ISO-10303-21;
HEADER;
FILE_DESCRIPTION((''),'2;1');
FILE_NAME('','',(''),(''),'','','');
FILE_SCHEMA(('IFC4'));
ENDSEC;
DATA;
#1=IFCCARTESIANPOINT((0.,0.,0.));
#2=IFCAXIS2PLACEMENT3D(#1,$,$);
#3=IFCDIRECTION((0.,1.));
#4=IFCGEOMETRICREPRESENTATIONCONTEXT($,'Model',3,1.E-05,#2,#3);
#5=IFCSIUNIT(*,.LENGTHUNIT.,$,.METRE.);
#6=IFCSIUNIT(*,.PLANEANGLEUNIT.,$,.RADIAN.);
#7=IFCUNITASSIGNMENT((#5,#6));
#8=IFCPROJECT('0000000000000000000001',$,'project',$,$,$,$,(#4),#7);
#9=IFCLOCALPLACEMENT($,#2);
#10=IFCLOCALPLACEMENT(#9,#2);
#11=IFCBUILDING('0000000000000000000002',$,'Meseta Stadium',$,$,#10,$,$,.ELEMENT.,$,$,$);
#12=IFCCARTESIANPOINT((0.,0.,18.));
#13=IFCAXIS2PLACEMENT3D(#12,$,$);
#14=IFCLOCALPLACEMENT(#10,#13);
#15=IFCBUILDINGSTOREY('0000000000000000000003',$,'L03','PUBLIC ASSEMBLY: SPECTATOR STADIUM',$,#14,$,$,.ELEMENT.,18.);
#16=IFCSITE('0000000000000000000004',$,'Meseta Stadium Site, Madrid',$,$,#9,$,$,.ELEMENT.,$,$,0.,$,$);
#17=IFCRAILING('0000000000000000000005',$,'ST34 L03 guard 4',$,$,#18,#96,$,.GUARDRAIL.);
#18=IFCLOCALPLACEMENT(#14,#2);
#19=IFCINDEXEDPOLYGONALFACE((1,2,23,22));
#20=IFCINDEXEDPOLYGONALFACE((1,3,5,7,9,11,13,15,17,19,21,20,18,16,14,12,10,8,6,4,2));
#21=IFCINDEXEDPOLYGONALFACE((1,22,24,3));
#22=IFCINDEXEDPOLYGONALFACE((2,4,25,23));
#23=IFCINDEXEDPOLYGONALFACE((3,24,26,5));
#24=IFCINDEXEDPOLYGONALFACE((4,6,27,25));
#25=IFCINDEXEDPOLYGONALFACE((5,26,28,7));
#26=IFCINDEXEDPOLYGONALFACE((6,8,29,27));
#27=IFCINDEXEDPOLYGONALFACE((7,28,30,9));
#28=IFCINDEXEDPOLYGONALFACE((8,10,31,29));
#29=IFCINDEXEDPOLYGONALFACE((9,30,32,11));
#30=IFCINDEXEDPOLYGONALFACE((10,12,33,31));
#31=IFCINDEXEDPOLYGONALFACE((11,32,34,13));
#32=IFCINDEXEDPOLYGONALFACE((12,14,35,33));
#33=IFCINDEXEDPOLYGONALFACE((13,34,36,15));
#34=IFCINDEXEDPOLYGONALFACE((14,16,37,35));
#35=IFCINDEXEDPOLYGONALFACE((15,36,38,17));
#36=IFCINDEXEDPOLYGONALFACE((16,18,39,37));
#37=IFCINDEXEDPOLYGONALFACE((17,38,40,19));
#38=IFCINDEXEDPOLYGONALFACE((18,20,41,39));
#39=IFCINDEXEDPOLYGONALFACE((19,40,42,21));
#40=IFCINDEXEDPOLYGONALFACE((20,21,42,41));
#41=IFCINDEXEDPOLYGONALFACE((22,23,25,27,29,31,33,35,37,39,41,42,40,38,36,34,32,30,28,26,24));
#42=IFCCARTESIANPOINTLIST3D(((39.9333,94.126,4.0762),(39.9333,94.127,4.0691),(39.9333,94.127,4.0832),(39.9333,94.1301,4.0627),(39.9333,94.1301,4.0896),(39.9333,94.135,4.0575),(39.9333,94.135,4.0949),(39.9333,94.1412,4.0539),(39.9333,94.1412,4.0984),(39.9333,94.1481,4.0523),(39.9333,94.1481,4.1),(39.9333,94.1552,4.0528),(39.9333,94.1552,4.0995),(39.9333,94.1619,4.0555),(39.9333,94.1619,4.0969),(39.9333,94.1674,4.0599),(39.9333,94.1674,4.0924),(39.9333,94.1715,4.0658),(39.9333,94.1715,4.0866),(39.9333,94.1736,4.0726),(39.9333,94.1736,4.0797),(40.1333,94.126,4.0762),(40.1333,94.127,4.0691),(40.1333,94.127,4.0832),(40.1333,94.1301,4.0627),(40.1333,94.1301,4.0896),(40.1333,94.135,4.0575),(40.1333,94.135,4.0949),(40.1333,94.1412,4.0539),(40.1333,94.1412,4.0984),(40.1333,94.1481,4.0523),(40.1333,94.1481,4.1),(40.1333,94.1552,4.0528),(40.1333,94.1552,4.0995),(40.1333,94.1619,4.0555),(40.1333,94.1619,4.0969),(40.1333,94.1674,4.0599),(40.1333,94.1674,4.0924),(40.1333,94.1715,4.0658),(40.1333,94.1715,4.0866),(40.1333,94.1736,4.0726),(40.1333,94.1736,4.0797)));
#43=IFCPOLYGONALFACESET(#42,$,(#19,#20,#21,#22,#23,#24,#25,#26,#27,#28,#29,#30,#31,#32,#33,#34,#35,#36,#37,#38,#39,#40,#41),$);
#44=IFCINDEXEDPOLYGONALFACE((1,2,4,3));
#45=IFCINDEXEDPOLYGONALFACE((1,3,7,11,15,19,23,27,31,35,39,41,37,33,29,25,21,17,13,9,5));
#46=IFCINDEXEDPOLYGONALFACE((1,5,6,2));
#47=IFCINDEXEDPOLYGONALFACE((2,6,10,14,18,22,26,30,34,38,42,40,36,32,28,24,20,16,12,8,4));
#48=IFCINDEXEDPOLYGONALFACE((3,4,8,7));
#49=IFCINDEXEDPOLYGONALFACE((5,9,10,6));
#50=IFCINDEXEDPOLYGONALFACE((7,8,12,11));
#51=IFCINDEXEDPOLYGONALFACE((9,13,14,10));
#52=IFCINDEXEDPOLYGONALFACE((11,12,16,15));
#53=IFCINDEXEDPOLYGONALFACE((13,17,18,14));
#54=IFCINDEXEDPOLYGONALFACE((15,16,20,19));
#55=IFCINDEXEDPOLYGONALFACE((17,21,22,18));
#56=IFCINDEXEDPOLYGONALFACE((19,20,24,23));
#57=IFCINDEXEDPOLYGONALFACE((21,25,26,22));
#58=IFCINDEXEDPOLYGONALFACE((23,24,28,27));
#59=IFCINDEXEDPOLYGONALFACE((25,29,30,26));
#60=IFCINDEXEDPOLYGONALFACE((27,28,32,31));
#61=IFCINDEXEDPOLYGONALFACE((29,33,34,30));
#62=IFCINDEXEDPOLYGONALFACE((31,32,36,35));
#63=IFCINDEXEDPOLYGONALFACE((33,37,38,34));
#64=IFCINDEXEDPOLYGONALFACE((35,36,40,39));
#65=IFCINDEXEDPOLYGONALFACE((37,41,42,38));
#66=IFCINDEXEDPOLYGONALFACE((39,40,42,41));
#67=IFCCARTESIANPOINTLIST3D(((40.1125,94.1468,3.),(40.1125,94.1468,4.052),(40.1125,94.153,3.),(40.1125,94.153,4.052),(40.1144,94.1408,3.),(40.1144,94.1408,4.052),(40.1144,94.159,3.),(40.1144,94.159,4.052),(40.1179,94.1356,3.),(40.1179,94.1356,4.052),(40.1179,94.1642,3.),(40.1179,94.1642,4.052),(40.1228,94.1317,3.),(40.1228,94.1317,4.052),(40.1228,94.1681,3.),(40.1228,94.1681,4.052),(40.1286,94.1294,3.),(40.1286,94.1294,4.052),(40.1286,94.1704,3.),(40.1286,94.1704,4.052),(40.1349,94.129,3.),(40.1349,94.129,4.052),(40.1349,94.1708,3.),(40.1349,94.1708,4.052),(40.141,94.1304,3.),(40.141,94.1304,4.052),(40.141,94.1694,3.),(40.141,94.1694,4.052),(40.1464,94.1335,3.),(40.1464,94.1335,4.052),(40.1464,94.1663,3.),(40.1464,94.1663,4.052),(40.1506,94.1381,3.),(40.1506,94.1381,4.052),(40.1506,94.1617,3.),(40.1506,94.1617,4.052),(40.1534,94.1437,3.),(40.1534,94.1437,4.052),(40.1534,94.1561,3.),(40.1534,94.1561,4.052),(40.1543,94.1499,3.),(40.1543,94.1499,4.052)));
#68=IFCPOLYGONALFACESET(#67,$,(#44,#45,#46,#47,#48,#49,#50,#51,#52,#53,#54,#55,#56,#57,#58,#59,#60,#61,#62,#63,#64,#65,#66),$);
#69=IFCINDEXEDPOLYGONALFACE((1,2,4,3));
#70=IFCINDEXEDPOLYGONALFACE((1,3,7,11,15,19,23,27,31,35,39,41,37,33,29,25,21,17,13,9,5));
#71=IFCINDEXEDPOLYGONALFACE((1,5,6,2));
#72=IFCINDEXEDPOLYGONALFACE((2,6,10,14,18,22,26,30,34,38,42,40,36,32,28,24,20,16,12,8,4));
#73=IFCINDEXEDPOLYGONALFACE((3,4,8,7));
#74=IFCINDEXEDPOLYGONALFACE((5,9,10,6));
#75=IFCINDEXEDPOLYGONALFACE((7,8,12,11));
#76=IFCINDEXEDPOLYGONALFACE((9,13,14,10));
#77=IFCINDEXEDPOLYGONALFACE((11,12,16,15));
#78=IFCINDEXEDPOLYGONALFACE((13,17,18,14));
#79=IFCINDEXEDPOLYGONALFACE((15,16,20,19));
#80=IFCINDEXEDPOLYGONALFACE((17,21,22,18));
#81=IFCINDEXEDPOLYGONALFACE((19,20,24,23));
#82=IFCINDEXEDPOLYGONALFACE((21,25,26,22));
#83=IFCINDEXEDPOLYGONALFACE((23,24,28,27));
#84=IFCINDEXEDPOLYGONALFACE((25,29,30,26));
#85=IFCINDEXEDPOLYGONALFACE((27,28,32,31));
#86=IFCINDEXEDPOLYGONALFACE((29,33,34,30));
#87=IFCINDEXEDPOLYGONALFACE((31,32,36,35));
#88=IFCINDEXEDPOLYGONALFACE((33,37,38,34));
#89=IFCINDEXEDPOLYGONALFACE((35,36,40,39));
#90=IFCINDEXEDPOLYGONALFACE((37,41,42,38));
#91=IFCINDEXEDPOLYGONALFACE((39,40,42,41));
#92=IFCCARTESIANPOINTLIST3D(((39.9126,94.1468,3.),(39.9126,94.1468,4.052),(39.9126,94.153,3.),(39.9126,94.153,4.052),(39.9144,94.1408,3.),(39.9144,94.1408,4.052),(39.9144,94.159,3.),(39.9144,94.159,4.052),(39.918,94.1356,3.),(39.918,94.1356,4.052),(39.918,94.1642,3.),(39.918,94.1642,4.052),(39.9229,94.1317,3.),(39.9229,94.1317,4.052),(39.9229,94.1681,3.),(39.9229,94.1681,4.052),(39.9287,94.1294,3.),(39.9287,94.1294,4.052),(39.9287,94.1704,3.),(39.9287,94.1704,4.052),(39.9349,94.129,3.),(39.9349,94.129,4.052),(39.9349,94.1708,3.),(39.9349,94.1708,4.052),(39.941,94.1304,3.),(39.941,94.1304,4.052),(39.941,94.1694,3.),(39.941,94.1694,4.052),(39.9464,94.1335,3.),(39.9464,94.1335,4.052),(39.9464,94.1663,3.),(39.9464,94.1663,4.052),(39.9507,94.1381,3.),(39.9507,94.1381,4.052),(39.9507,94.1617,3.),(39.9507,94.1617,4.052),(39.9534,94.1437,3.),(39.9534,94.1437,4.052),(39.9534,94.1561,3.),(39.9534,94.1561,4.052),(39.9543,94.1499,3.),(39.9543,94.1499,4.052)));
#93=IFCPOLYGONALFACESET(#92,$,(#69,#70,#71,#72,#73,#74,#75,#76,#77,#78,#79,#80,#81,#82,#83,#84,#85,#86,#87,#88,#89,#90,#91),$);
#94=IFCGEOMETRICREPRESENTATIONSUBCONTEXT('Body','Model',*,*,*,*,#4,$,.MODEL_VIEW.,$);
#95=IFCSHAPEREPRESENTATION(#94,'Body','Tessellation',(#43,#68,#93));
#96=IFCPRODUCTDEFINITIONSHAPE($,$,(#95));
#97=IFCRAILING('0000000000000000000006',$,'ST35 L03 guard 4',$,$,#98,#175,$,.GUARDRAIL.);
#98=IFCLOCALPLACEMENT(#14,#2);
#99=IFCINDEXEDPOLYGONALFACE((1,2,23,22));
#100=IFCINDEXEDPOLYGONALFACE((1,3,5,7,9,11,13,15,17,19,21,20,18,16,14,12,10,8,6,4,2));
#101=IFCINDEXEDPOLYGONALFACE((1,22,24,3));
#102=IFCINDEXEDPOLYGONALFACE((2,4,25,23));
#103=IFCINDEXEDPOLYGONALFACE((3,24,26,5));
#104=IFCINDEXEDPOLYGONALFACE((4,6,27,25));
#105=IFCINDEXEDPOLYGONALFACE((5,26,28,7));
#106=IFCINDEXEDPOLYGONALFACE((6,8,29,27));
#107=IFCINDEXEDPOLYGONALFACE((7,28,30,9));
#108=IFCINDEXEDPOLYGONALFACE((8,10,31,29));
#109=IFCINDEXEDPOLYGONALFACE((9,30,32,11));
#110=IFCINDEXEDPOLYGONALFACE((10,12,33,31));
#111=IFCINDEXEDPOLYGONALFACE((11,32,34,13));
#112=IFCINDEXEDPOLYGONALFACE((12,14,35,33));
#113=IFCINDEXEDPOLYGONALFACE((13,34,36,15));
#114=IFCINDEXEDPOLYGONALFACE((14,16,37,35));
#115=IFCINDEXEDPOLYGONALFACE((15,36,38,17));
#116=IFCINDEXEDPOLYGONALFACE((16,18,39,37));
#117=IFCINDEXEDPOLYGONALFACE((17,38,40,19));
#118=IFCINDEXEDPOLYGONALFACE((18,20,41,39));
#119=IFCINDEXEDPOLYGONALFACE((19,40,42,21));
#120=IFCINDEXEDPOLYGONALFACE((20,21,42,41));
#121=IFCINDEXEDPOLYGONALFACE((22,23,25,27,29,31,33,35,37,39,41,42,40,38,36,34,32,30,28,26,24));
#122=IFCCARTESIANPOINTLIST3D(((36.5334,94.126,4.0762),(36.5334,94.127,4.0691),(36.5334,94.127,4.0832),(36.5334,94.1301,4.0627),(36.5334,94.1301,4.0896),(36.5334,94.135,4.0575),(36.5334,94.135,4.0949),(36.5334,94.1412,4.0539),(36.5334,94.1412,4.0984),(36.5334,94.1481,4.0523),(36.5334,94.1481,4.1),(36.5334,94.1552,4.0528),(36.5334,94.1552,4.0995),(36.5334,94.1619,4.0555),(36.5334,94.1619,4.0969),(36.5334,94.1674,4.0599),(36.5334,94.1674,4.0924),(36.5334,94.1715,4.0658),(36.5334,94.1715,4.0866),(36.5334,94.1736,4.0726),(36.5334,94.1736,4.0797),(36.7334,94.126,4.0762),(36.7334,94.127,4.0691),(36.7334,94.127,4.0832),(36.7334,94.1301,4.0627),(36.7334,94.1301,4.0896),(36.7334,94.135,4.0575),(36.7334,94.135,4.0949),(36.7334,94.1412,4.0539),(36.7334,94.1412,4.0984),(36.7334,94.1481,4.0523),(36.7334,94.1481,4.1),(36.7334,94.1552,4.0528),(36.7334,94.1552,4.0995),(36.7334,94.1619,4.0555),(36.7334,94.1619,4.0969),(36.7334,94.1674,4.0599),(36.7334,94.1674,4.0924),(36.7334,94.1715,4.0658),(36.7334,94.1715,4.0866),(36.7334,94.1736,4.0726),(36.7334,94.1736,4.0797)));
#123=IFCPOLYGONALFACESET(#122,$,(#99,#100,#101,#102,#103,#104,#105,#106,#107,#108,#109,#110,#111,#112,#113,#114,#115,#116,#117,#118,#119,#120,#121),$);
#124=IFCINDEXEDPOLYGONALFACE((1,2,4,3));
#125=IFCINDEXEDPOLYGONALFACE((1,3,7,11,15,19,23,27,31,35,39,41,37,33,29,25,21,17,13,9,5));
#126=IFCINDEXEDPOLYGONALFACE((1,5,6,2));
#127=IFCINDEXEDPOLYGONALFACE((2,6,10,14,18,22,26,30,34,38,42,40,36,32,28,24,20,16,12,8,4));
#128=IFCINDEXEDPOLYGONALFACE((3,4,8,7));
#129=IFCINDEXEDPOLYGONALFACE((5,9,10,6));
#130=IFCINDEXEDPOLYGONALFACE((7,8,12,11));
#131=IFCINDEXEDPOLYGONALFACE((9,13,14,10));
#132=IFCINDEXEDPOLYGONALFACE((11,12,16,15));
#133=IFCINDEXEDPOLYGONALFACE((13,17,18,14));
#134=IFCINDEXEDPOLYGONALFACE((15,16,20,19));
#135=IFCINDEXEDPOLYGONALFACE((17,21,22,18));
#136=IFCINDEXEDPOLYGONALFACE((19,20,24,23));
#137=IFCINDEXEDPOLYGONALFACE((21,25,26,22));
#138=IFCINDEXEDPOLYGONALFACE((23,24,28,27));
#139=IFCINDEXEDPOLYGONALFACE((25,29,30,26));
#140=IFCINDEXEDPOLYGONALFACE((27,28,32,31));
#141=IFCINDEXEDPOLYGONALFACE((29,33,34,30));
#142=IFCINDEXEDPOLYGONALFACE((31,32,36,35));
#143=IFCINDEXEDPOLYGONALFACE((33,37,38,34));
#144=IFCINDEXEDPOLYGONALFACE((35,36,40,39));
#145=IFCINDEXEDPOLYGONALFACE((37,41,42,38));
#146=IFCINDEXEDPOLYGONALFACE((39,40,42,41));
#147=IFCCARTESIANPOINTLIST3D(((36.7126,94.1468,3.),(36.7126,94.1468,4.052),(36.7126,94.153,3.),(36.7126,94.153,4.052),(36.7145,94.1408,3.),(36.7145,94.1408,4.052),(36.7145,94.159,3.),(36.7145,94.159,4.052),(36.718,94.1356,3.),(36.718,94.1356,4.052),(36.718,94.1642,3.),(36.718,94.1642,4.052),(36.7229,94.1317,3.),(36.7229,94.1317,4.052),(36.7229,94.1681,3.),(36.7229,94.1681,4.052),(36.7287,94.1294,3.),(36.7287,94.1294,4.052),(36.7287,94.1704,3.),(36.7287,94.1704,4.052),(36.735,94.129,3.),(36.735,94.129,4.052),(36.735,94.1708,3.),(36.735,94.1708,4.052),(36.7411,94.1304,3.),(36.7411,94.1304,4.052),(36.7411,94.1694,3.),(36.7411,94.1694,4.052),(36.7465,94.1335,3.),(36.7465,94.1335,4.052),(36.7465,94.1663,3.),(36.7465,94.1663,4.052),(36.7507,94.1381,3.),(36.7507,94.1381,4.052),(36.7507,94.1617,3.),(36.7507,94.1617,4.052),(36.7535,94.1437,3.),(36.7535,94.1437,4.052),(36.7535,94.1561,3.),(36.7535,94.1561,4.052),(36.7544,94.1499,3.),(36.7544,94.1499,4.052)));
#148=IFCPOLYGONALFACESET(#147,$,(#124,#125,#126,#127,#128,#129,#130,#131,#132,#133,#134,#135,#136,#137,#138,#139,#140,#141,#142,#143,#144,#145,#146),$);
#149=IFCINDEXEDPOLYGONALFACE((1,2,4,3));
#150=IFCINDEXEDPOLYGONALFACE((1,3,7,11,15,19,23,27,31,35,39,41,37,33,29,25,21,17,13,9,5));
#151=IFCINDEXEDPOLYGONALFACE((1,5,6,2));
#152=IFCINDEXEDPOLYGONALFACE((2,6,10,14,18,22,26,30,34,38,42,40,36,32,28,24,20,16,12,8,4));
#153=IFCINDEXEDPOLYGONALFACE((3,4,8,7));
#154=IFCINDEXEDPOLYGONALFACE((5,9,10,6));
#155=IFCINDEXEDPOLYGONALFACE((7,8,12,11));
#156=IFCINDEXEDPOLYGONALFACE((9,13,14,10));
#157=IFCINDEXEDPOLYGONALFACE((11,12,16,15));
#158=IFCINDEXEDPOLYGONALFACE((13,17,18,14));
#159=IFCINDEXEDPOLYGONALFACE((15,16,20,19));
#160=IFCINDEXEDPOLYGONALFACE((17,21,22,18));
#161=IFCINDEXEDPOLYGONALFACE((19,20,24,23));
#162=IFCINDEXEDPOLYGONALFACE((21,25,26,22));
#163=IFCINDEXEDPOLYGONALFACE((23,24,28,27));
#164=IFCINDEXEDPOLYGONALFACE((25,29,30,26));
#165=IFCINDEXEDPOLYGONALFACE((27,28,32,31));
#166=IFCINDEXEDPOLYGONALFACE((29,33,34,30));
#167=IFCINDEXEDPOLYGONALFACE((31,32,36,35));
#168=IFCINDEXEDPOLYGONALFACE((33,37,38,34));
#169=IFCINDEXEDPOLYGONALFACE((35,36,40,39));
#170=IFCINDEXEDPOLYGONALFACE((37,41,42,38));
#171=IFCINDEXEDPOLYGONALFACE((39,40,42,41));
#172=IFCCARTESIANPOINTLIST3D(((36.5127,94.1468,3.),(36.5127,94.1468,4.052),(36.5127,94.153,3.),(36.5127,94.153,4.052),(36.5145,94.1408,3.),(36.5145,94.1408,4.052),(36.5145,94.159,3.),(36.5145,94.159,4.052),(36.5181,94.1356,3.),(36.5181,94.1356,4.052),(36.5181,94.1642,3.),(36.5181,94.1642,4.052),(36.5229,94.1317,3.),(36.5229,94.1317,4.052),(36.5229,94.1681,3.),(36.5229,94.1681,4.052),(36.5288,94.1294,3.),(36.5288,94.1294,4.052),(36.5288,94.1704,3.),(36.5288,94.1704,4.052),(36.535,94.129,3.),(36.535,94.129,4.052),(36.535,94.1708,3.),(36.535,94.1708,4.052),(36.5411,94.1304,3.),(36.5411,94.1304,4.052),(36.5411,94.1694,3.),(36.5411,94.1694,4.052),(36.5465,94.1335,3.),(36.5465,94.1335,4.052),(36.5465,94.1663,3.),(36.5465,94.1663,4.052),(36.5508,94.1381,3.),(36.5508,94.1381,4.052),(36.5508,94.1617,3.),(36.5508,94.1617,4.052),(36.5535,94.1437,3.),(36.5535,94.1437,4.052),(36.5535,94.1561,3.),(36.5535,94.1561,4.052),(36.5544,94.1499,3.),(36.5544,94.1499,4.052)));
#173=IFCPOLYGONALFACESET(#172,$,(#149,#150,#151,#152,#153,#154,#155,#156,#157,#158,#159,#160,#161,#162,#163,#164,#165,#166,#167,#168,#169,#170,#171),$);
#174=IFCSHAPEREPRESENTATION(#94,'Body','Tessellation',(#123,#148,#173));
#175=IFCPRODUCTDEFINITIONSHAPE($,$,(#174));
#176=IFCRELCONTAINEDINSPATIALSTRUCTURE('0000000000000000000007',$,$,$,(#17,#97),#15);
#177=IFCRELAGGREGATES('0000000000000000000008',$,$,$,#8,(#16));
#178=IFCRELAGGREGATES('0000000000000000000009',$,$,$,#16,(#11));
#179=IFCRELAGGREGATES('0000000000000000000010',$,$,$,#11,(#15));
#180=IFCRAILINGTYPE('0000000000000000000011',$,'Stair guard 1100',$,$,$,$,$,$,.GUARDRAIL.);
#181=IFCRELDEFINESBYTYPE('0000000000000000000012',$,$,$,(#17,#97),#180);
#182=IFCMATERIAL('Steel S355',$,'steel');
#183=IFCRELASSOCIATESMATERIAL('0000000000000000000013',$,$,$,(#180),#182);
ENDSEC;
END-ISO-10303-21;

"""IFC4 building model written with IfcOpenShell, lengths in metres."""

from ifc_helpers import new_model, si_unit, direction, frame, origin, origin_2d, place, context, subcontext, project, spatial, circle, extrude, material, type_object, element, save


model = new_model("IFC4")

# Units and contexts
model_context = context("Model", 3, precision=1e-05, world=origin(), true_north=direction((0.0, 1.0)))
body_context = subcontext(model_context, "Body", "Model", "MODEL_VIEW")
ifc_project = project(units=[si_unit("LENGTHUNIT", "METRE"), si_unit("PLANEANGLEUNIT", "RADIAN")], contexts=[model_context])

# Site, building, storey
site_placement = place(None, origin())
site = spatial("IfcSite", under=ifc_project, at=site_placement, Name="Meseta Stadium Site, Madrid", CompositionType="ELEMENT", RefElevation=0.0)
building_placement = place(site_placement, origin())
building = spatial("IfcBuilding", under=site, at=building_placement, Name="Meseta Stadium", CompositionType="ELEMENT")
storey_placement = place(building_placement, frame((0.0, 0.0, 18.0)))
storey = spatial("IfcBuildingStorey", under=building, at=storey_placement, Name="L03", Description="PUBLIC ASSEMBLY: SPECTATOR STADIUM", CompositionType="ELEMENT", Elevation=18.0)

# Railings
ifc_material_1 = material(Name="Steel S355", Category="steel")
railing_type_1 = type_object("IfcRailingType", Name="Stair guard 1100", PredefinedType="GUARDRAIL", material=ifc_material_1)
for number, where, name in (
    (1, (40.1333, 94.1499, 3.0), "ST34 L03 guard 4"),
    (2, (36.7334, 94.1499, 3.0), "ST35 L03 guard 4"),
):
    element("IfcRailing", number, at=place(storey_placement, frame(where)), inside=storey, type_object=railing_type_1, Name=name, PredefinedType="GUARDRAIL", context=body_context, shape_type="SweptSolid", body=[
        extrude(circle(Radius=0.0239, at=origin_2d()), frame((0.0, 0.0, 1.0762), z_axis=(-1.0, 0.0, 0.0), x_axis=(0.0, -1.0, 0.0)), (0.0, 0.0, 1.0), 0.2),
        extrude(circle(Radius=0.021, at=origin_2d()), origin(), (0.0, 0.0, 1.0), 1.052),
        extrude(circle(Radius=0.021, at=origin_2d()), frame((-0.2, 0.0, 0.0)), (0.0, 0.0, 1.0), 1.052),
    ])

save(model, "model.ifc")
